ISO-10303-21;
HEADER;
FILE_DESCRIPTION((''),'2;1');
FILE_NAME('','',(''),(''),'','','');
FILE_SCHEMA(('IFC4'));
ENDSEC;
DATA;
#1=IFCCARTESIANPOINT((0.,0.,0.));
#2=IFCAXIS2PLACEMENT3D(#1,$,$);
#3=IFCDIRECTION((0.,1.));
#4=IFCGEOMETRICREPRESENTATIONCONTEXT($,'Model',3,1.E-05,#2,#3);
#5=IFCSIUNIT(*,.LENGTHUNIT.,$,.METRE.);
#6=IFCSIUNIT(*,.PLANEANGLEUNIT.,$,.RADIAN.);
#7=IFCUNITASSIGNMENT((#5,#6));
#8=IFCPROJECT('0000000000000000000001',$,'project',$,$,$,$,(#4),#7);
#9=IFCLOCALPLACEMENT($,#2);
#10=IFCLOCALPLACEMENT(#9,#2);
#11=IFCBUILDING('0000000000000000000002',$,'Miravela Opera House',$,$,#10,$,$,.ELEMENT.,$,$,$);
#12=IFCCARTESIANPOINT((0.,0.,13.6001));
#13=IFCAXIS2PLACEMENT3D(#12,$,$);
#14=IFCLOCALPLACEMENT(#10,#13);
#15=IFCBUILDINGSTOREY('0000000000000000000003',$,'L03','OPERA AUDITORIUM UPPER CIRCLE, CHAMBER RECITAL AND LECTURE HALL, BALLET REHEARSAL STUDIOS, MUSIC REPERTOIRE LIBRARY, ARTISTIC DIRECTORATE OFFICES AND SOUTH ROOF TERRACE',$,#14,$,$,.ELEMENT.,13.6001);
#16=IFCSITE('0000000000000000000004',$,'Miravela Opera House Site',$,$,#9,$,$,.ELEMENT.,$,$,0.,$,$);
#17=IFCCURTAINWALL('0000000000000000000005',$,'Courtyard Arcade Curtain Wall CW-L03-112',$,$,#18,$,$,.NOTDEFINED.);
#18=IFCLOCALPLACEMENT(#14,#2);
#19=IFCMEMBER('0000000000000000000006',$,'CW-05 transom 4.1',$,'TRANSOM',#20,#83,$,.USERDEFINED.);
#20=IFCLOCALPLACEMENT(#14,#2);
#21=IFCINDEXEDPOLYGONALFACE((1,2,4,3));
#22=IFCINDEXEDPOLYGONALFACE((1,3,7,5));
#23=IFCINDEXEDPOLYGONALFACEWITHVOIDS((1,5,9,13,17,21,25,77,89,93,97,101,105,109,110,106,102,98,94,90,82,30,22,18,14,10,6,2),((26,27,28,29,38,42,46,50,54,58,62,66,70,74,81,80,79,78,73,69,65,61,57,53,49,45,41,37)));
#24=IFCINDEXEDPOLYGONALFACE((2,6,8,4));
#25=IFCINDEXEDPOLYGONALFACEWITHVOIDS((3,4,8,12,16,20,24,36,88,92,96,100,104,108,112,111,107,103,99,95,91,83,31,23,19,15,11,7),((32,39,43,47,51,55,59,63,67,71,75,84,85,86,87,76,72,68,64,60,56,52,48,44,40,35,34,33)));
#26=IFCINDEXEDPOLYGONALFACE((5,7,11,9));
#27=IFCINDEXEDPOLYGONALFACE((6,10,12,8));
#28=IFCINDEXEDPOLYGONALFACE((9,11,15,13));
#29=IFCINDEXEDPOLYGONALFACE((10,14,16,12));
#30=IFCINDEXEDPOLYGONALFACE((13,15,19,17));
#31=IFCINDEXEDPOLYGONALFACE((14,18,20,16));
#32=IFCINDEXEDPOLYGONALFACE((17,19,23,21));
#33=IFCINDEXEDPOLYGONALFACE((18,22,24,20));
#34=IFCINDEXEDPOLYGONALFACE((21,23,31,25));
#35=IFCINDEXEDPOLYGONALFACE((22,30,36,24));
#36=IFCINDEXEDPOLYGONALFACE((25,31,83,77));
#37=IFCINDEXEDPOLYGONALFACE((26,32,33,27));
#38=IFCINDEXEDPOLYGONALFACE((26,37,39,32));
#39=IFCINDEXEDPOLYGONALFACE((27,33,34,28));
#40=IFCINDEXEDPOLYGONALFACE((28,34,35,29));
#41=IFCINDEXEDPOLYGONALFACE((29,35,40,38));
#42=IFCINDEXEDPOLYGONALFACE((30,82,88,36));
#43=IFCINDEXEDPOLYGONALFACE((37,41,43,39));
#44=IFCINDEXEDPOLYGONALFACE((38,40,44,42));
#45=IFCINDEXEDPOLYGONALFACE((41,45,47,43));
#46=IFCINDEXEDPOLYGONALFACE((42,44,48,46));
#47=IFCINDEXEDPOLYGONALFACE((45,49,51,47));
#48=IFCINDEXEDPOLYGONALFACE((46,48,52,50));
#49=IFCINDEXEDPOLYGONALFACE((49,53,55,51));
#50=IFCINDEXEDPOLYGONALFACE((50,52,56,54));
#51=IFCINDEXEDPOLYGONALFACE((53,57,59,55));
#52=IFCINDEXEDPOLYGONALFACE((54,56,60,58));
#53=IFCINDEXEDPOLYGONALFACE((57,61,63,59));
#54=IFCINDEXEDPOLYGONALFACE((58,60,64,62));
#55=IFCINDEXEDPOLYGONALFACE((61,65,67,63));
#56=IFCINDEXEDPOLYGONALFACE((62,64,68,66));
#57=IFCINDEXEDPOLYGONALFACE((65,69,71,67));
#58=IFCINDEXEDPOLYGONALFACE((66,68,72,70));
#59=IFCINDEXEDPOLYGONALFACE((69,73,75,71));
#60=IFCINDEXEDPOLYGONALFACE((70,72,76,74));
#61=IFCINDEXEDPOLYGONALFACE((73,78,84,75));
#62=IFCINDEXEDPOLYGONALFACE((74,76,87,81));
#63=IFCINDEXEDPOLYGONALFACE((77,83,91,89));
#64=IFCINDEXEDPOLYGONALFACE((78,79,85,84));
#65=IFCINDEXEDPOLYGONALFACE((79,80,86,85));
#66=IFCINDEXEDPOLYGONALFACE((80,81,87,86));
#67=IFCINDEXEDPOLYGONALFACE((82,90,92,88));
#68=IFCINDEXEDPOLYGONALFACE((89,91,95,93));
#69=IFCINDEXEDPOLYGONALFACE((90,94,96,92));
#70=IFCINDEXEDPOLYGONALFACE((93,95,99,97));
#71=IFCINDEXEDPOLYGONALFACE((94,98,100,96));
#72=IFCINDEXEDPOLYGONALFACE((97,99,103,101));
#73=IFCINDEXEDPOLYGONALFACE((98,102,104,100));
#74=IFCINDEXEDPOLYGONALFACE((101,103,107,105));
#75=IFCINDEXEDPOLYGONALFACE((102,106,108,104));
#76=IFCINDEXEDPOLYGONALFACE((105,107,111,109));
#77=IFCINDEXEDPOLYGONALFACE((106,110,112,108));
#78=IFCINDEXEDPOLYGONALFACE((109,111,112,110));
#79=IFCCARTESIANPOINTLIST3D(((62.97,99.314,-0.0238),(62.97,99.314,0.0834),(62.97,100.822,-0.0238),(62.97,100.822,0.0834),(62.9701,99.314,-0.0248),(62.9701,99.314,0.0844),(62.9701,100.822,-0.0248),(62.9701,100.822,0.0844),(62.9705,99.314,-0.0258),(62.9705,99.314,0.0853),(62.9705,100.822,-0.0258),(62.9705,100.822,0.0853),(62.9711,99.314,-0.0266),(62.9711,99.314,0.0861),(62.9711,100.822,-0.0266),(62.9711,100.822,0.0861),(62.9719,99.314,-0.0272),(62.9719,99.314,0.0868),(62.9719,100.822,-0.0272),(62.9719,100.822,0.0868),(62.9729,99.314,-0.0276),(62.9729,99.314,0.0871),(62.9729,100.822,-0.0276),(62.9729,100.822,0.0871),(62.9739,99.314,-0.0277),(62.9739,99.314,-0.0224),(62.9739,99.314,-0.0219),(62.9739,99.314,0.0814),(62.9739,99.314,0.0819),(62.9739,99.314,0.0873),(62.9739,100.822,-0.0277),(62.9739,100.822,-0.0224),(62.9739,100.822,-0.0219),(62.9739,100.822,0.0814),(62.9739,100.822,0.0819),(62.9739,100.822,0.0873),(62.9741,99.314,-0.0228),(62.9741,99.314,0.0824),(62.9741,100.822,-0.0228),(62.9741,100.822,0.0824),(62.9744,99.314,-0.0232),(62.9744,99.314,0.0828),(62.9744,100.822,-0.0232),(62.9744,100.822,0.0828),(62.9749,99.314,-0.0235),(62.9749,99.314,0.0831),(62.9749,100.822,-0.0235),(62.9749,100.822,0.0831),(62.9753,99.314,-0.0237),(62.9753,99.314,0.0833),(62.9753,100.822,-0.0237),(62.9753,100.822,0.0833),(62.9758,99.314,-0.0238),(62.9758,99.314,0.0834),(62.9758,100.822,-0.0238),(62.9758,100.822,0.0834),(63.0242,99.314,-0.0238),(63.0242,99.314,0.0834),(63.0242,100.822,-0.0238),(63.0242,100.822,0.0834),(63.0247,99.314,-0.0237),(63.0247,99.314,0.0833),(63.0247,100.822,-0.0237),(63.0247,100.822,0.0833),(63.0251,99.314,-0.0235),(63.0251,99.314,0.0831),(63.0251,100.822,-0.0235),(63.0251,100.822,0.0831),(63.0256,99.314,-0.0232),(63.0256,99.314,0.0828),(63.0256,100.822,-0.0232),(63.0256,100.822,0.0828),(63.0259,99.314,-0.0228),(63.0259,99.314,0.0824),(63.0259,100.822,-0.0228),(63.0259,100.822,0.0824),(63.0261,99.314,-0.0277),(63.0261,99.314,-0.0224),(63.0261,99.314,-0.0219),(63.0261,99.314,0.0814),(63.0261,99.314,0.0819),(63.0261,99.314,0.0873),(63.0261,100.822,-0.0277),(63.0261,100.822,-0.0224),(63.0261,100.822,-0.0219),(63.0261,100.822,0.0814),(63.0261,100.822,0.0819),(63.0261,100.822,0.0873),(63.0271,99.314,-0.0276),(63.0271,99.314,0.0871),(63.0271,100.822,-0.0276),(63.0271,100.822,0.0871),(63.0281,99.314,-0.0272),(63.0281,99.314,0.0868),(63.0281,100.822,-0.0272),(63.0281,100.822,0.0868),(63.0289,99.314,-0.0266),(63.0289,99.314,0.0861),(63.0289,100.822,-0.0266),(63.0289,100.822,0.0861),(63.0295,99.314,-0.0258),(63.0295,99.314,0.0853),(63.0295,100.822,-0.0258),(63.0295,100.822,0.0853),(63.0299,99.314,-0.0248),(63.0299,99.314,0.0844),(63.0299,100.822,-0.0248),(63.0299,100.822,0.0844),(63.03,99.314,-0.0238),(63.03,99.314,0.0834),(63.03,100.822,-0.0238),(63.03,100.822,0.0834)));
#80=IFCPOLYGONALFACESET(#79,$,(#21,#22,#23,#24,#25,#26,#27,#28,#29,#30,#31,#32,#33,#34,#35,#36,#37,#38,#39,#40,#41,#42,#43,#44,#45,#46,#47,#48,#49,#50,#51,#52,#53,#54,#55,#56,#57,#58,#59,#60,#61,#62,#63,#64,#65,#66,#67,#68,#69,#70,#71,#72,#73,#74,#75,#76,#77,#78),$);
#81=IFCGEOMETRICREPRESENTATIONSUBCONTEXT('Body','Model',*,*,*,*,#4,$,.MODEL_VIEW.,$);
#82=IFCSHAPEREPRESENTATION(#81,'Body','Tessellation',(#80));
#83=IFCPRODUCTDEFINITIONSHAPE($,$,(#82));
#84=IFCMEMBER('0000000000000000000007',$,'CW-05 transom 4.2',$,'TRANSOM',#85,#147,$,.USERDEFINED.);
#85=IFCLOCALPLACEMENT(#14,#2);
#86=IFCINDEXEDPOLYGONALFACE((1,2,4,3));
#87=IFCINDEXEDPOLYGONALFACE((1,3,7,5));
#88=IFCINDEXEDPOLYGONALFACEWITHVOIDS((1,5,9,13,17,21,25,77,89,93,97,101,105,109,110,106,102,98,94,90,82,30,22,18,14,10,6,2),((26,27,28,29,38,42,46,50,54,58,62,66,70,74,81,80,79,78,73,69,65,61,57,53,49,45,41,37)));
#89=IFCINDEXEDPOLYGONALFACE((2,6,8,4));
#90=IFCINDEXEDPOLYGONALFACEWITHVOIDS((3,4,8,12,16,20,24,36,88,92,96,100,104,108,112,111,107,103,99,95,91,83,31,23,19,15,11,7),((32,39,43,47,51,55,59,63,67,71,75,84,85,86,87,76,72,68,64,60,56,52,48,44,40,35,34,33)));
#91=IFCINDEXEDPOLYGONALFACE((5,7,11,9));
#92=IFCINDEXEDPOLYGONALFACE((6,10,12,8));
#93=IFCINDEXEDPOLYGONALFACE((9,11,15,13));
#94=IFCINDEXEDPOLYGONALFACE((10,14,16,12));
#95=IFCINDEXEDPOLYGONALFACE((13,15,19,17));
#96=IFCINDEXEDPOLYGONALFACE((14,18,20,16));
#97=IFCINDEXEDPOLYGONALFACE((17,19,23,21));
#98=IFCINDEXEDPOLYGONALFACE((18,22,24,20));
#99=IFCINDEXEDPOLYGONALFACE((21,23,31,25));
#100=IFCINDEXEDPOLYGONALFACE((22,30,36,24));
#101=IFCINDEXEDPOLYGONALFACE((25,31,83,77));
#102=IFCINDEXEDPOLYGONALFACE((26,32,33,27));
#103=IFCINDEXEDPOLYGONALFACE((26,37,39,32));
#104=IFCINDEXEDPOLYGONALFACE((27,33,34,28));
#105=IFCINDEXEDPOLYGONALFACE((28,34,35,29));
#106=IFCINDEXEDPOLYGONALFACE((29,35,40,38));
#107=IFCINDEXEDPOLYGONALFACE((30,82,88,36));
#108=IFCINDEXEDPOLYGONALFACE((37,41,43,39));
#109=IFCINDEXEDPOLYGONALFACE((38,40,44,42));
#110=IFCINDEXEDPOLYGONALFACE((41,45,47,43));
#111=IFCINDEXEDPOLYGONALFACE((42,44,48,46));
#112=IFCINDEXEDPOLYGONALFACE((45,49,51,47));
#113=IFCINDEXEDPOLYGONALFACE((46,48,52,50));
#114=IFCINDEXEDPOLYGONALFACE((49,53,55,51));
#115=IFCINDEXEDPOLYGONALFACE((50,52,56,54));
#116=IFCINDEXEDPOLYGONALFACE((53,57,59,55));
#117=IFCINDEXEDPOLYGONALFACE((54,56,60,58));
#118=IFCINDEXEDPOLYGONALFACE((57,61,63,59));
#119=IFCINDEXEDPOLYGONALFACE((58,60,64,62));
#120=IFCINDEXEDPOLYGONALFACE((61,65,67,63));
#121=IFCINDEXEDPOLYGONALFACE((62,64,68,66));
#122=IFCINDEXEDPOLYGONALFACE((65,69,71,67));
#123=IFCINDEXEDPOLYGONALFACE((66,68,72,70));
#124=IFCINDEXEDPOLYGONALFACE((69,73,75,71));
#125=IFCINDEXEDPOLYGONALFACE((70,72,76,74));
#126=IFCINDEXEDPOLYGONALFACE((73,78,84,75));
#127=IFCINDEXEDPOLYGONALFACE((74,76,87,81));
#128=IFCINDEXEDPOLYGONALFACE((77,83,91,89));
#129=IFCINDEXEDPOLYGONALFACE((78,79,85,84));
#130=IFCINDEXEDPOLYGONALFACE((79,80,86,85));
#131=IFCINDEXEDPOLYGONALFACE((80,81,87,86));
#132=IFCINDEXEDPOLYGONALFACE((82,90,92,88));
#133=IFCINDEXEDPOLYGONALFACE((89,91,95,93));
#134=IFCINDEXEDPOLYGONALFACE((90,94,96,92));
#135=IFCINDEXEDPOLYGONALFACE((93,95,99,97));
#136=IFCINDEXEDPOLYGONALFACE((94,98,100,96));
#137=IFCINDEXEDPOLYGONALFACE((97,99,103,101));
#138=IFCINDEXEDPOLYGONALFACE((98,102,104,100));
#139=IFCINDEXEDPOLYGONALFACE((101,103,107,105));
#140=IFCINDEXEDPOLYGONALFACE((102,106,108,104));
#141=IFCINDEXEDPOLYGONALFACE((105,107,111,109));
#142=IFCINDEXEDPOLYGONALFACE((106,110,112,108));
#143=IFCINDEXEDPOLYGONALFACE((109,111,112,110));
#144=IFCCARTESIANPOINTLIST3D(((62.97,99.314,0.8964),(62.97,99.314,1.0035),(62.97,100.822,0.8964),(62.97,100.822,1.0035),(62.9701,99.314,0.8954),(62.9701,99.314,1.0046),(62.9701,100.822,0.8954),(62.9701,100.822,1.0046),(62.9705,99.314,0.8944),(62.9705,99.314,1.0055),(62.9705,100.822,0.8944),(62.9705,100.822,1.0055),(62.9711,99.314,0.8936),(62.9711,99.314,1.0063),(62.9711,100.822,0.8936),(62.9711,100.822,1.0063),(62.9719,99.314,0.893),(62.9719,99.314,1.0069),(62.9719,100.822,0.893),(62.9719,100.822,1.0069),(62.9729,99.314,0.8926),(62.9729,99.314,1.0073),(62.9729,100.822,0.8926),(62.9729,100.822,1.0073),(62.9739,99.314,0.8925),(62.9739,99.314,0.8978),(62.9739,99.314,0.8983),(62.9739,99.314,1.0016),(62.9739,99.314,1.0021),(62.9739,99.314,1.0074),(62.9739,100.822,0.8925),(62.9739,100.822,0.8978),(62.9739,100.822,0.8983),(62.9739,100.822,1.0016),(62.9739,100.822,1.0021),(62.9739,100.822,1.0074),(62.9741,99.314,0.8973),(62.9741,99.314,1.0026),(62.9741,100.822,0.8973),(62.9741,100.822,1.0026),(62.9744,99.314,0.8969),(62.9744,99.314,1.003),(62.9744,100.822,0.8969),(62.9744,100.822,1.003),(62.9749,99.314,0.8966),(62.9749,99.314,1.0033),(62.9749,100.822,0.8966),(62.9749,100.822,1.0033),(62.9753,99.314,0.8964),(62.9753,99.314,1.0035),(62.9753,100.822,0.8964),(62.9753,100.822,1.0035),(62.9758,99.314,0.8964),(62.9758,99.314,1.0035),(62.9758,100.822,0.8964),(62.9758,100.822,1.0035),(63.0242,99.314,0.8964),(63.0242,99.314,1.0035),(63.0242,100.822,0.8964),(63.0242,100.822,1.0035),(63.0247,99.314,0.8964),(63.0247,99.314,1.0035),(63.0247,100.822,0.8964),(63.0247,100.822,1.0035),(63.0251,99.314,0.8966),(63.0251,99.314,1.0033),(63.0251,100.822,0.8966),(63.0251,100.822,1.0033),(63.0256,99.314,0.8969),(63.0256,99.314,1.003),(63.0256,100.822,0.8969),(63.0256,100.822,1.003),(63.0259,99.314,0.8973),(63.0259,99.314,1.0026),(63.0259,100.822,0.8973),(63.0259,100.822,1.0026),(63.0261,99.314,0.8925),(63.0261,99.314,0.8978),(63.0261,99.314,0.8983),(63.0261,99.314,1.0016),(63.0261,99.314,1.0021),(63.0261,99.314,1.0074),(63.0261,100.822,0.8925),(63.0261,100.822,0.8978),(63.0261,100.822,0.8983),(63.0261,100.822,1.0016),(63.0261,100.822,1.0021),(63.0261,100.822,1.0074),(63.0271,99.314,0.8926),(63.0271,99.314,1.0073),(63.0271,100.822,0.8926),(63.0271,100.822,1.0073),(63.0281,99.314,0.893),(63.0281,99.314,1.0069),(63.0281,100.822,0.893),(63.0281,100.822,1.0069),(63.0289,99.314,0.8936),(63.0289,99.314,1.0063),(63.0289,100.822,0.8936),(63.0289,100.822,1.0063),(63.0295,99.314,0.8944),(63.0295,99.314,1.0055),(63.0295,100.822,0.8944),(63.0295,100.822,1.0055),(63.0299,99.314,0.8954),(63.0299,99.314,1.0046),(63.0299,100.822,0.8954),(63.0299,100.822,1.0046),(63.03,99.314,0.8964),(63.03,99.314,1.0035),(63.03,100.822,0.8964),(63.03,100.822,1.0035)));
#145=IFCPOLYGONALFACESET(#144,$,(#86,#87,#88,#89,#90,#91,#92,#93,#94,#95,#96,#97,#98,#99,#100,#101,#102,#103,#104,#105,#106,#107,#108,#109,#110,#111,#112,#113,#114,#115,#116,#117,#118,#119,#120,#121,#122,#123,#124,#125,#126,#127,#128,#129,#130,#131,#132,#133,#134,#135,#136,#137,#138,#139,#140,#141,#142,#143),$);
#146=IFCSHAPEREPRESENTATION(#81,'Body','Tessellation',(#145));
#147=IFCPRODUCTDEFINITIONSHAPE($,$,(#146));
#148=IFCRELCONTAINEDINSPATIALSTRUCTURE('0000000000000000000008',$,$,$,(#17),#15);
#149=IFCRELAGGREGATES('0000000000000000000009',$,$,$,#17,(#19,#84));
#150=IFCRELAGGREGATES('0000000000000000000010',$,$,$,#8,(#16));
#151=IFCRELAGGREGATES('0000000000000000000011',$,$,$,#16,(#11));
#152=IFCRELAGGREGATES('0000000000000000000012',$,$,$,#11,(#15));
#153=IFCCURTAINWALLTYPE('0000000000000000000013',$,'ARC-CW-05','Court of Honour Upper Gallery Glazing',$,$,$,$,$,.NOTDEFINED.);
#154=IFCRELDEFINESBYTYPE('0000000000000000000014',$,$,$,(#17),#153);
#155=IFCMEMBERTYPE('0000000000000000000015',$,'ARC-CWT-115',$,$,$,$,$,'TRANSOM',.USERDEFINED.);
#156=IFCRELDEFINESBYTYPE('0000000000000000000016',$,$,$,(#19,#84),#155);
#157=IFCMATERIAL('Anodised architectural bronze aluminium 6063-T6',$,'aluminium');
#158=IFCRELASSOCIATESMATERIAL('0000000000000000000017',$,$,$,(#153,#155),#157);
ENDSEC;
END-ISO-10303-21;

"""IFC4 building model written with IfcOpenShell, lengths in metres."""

from ifc_helpers import new_model, si_unit, direction, frame, origin, origin_2d, place, context, subcontext, project, spatial, hollow_rectangle, extrude, material, material_profile, profile_set, type_object, element, aggregate, save


model = new_model("IFC4")

# Units and contexts
model_context = context("Model", 3, precision=1e-05, world=origin(), true_north=direction((0.0, 1.0)))
body_context = subcontext(model_context, "Body", "Model", "MODEL_VIEW")
ifc_project = project(units=[si_unit("LENGTHUNIT", "METRE"), si_unit("PLANEANGLEUNIT", "RADIAN")], contexts=[model_context])

# Site, building, storey
site_placement = place(None, origin())
site = spatial("IfcSite", under=ifc_project, at=site_placement, Name="Miravela Opera House Site", CompositionType="ELEMENT", RefElevation=0.0)
building_placement = place(site_placement, origin())
building = spatial("IfcBuilding", under=site, at=building_placement, Name="Miravela Opera House", CompositionType="ELEMENT")
storey_placement = place(building_placement, frame((0.0, 0.0, 13.6001)))
storey = spatial("IfcBuildingStorey", under=building, at=storey_placement, Name="L03", Description="OPERA AUDITORIUM UPPER CIRCLE, CHAMBER RECITAL AND LECTURE HALL, BALLET REHEARSAL STUDIOS, MUSIC REPERTOIRE LIBRARY, ARTISTIC DIRECTORATE OFFICES AND SOUTH ROOF TERRACE", CompositionType="ELEMENT", Elevation=13.6001)

# Curtain wall, members
ifc_material_1 = material(Name="Anodised architectural bronze aluminium 6063-T6", Category="aluminium")
curtain_wall_type = type_object("IfcCurtainWallType", Name="ARC-CW-05", Description="Court of Honour Upper Gallery Glazing", PredefinedType="NOTDEFINED", material=ifc_material_1)
curtain_wall_placement = place(storey_placement, origin())
curtain_wall = element("IfcCurtainWall", 1, at=curtain_wall_placement, inside=storey, type_object=curtain_wall_type, Name="Courtyard Arcade Curtain Wall CW-L03-112", PredefinedType="NOTDEFINED")
ifc_material_profile_1 = material_profile(ifc_material_1, hollow_rectangle(XDim=0.0601, YDim=0.115, WallThickness=0.0039, InnerFilletRadius=0.002, OuterFilletRadius=0.0039, at=origin_2d()), Name="CWT-60X115")
ifc_profile_set_1 = profile_set([ifc_material_profile_1])
member_type_1 = type_object("IfcMemberType", Name="ARC-CWT-115", ElementType="TRANSOM", PredefinedType="USERDEFINED", material=ifc_profile_set_1)
member_1_placement = place(storey_placement, frame((63.0, 99.314, 0.0298), z_axis=(0.0, 1.0, 0.0), x_axis=(-1.0, 0.0, 0.0)))
member_1 = element("IfcMember", 2, at=member_1_placement, type_object=member_type_1, Name="CW-05 transom 4.1", ObjectType="TRANSOM", PredefinedType="USERDEFINED", context=body_context, shape_type="SweptSolid", body=[
    extrude(hollow_rectangle(XDim=0.0601, YDim=0.115, WallThickness=0.0039, InnerFilletRadius=0.002, OuterFilletRadius=0.0039, at=origin_2d()), origin(), (0.0, 0.0, 1.0), 1.5081),
])
member_2_placement = place(storey_placement, frame((63.0, 99.314, 0.95), z_axis=(0.0, 1.0, 0.0), x_axis=(-1.0, 0.0, 0.0)))
member_2 = element("IfcMember", 3, at=member_2_placement, type_object=member_type_1, Name="CW-05 transom 4.2", ObjectType="TRANSOM", PredefinedType="USERDEFINED", context=body_context, shape_type="SweptSolid", body=[
    extrude(hollow_rectangle(XDim=0.0601, YDim=0.115, WallThickness=0.0039, InnerFilletRadius=0.002, OuterFilletRadius=0.0039, at=origin_2d()), origin(), (0.0, 0.0, 1.0), 1.5081),
])

aggregate(curtain_wall, [member_1, member_2])

save(model, "model.ifc")
